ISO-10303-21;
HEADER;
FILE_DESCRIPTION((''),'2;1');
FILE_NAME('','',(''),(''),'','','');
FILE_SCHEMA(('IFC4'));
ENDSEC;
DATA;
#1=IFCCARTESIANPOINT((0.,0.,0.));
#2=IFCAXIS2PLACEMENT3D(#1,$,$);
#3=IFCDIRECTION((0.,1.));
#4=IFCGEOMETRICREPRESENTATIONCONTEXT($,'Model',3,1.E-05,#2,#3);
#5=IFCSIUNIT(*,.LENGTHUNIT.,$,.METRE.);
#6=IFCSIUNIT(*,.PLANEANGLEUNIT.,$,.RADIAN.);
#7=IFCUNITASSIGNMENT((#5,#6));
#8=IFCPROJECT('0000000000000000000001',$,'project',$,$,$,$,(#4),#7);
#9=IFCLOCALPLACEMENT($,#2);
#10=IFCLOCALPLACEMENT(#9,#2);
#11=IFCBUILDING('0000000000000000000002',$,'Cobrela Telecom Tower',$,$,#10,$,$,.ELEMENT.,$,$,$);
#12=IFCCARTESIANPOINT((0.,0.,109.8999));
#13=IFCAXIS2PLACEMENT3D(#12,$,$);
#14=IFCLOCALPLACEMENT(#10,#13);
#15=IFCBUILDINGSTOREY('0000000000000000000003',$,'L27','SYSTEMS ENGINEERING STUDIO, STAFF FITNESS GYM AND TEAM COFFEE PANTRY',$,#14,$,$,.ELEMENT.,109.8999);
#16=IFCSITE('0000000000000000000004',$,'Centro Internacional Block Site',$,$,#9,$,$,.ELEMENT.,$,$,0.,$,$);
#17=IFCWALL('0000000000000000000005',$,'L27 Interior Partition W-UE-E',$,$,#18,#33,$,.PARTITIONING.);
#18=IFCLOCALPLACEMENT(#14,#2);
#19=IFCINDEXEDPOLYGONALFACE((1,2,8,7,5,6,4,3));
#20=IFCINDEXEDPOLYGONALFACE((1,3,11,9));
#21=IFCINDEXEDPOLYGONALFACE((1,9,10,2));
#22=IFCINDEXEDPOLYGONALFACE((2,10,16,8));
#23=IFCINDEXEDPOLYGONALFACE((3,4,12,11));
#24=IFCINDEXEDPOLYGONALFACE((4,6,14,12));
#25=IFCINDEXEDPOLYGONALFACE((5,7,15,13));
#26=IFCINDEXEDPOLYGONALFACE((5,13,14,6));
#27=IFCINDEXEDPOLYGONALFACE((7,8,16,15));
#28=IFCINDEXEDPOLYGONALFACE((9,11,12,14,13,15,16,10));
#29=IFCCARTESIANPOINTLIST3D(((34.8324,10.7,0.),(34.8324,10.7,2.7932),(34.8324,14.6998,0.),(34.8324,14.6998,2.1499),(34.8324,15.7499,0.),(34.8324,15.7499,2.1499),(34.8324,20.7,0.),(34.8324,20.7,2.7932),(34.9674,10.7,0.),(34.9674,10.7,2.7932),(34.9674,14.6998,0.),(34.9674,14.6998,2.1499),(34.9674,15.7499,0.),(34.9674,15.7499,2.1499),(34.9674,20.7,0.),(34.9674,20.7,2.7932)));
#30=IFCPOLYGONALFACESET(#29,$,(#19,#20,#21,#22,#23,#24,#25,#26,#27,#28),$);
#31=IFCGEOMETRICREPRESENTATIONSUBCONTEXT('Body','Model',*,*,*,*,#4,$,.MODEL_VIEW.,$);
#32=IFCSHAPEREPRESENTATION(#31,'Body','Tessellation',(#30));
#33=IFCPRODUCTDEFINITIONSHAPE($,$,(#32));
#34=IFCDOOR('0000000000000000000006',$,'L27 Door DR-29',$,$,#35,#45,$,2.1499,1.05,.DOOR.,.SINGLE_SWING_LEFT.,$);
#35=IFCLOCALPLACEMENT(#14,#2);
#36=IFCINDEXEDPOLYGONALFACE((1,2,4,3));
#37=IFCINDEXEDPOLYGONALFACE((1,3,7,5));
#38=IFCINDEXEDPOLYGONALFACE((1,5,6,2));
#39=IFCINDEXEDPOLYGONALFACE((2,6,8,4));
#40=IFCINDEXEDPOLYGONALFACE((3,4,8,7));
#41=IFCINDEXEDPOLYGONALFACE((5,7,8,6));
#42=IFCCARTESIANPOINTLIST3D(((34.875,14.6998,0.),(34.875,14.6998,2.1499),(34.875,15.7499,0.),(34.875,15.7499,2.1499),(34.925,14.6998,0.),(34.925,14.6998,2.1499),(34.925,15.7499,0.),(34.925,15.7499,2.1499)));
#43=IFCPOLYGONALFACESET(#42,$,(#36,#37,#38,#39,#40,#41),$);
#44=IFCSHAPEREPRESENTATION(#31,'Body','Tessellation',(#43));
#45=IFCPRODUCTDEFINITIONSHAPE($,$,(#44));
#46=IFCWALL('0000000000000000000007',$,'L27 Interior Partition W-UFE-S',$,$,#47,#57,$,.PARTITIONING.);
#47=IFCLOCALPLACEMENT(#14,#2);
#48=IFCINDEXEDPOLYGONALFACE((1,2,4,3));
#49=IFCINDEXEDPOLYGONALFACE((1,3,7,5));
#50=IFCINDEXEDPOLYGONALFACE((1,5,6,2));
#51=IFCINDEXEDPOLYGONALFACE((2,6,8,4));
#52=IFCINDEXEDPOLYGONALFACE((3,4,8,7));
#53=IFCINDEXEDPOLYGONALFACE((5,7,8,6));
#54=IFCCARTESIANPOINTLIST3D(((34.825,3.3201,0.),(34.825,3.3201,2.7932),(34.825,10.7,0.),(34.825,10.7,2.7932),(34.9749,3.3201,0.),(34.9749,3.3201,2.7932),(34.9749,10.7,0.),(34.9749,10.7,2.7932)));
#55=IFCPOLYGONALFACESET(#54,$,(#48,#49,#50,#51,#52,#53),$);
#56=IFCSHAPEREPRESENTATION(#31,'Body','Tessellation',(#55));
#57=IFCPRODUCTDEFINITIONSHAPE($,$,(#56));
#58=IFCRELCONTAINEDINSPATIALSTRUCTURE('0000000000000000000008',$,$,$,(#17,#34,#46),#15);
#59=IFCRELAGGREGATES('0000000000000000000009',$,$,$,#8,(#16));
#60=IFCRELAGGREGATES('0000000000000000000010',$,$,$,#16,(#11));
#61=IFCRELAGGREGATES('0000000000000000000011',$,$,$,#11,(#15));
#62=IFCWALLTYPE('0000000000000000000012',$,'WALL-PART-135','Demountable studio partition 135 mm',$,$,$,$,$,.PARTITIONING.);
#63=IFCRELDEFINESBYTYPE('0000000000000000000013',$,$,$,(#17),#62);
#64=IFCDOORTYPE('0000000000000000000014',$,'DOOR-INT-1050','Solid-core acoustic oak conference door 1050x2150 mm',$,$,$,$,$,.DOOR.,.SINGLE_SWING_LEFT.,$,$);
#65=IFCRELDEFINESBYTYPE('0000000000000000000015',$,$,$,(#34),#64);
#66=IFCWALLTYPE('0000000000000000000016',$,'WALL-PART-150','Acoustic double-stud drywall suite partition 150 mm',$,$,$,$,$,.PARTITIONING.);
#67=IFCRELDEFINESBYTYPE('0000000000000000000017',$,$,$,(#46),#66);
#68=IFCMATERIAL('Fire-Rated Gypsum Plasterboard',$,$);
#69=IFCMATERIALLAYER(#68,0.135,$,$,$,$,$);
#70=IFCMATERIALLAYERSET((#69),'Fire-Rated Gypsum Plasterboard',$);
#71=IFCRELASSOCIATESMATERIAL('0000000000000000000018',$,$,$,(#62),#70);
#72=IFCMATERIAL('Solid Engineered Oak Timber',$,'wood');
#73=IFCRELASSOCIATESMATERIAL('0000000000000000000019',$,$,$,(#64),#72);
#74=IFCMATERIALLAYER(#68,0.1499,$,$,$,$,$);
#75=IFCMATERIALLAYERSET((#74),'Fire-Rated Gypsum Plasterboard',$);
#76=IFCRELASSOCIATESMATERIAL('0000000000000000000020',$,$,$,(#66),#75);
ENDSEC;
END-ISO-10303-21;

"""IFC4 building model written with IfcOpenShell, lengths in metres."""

from ifc_helpers import new_model, si_unit, direction, frame, frame_2d, origin, place, context, subcontext, project, spatial, rectangle, extrude, material, layer, layer_set, type_object, element, fill, save


model = new_model("IFC4")

# Units and contexts
model_context = context("Model", 3, precision=1e-05, world=origin(), true_north=direction((0.0, 1.0)))
body_context = subcontext(model_context, "Body", "Model", "MODEL_VIEW")
ifc_project = project(units=[si_unit("LENGTHUNIT", "METRE"), si_unit("PLANEANGLEUNIT", "RADIAN")], contexts=[model_context])

# Site, building, storey
site_placement = place(None, origin())
site = spatial("IfcSite", under=ifc_project, at=site_placement, Name="Centro Internacional Block Site", CompositionType="ELEMENT", RefElevation=0.0)
building_placement = place(site_placement, origin())
building = spatial("IfcBuilding", under=site, at=building_placement, Name="Cobrela Telecom Tower", CompositionType="ELEMENT")
storey_placement = place(building_placement, frame((0.0, 0.0, 109.8999)))
storey = spatial("IfcBuildingStorey", under=building, at=storey_placement, Name="L27", Description="SYSTEMS ENGINEERING STUDIO, STAFF FITNESS GYM AND TEAM COFFEE PANTRY", CompositionType="ELEMENT", Elevation=109.8999)

# Wall, opening, door
ifc_material_1 = material(Name="Fire-Rated Gypsum Plasterboard")
ifc_layer_1 = layer(ifc_material_1, 0.135)
ifc_layer_set_1 = layer_set([ifc_layer_1], Name="Fire-Rated Gypsum Plasterboard")
wall_type_1 = type_object("IfcWallType", Name="WALL-PART-135", Description="Demountable studio partition 135 mm", PredefinedType="PARTITIONING", material=ifc_layer_set_1)
wall_1_placement = place(storey_placement, frame((34.8999, 10.7, 0.0), z_axis=(0.0, 0.0, 1.0), x_axis=(0.0, 1.0, 0.0)))
wall_1 = element("IfcWall", 1, at=wall_1_placement, inside=storey, type_object=wall_type_1, Name="L27 Interior Partition W-UE-E", PredefinedType="PARTITIONING", context=body_context, shape_type="SweptSolid", body=[
    extrude(rectangle(XDim=10.0, YDim=0.135, at=frame_2d((5.0, 0.0))), origin(), (0.0, 0.0, 1.0), 2.7932),
])
opening_placement = place(wall_1_placement, frame((4.0, 0.0, 0.0)))
opening = element("IfcOpeningElement", 2, at=opening_placement, cuts=wall_1, PredefinedType="OPENING", context=body_context, shape_type="SweptSolid", body=[
    extrude(rectangle(XDim=1.05, YDim=2.1499, at=frame_2d((0.5249, 1.075))), frame((0.0, 0.0796, 0.0), z_axis=(0.0, -1.0, 0.0), x_axis=(1.0, 0.0, 0.0)), (0.0, 0.0, 1.0), 0.1589),
])
ifc_material_2 = material(Name="Solid Engineered Oak Timber", Category="wood")
door_type = type_object("IfcDoorType", Name="DOOR-INT-1050", Description="Solid-core acoustic oak conference door 1050x2150 mm", OperationType="SINGLE_SWING_LEFT", PredefinedType="DOOR", material=ifc_material_2)
door_placement = place(opening_placement, origin())
door = element("IfcDoor", 3, at=door_placement, inside=storey, type_object=door_type, Name="L27 Door DR-29", OperationType="SINGLE_SWING_LEFT", OverallHeight=2.1499, OverallWidth=1.05, PredefinedType="DOOR", context=body_context, shape_type="SweptSolid", body=[
    extrude(rectangle(XDim=1.05, YDim=2.1499, at=frame_2d((0.5249, 1.075))), frame((0.0, 0.0249, 0.0), z_axis=(0.0, -1.0, 0.0), x_axis=(1.0, 0.0, 0.0)), (0.0, 0.0, 1.0), 0.05),
])
fill(opening, door)

# Wall
ifc_layer_2 = layer(ifc_material_1, 0.1499)
ifc_layer_set_2 = layer_set([ifc_layer_2], Name="Fire-Rated Gypsum Plasterboard")
wall_type_2 = type_object("IfcWallType", Name="WALL-PART-150", Description="Acoustic double-stud drywall suite partition 150 mm", PredefinedType="PARTITIONING", material=ifc_layer_set_2)
wall_2_placement = place(storey_placement, frame((34.8999, 3.3201, 0.0), z_axis=(0.0, 0.0, 1.0), x_axis=(0.0, 1.0, 0.0)))
element("IfcWall", 4, at=wall_2_placement, inside=storey, type_object=wall_type_2, Name="L27 Interior Partition W-UFE-S", PredefinedType="PARTITIONING", context=body_context, shape_type="SweptSolid", body=[
    extrude(rectangle(XDim=7.3799, YDim=0.1499, at=frame_2d((3.6899, 0.0))), origin(), (0.0, 0.0, 1.0), 2.7932),
])

save(model, "model.ifc")
